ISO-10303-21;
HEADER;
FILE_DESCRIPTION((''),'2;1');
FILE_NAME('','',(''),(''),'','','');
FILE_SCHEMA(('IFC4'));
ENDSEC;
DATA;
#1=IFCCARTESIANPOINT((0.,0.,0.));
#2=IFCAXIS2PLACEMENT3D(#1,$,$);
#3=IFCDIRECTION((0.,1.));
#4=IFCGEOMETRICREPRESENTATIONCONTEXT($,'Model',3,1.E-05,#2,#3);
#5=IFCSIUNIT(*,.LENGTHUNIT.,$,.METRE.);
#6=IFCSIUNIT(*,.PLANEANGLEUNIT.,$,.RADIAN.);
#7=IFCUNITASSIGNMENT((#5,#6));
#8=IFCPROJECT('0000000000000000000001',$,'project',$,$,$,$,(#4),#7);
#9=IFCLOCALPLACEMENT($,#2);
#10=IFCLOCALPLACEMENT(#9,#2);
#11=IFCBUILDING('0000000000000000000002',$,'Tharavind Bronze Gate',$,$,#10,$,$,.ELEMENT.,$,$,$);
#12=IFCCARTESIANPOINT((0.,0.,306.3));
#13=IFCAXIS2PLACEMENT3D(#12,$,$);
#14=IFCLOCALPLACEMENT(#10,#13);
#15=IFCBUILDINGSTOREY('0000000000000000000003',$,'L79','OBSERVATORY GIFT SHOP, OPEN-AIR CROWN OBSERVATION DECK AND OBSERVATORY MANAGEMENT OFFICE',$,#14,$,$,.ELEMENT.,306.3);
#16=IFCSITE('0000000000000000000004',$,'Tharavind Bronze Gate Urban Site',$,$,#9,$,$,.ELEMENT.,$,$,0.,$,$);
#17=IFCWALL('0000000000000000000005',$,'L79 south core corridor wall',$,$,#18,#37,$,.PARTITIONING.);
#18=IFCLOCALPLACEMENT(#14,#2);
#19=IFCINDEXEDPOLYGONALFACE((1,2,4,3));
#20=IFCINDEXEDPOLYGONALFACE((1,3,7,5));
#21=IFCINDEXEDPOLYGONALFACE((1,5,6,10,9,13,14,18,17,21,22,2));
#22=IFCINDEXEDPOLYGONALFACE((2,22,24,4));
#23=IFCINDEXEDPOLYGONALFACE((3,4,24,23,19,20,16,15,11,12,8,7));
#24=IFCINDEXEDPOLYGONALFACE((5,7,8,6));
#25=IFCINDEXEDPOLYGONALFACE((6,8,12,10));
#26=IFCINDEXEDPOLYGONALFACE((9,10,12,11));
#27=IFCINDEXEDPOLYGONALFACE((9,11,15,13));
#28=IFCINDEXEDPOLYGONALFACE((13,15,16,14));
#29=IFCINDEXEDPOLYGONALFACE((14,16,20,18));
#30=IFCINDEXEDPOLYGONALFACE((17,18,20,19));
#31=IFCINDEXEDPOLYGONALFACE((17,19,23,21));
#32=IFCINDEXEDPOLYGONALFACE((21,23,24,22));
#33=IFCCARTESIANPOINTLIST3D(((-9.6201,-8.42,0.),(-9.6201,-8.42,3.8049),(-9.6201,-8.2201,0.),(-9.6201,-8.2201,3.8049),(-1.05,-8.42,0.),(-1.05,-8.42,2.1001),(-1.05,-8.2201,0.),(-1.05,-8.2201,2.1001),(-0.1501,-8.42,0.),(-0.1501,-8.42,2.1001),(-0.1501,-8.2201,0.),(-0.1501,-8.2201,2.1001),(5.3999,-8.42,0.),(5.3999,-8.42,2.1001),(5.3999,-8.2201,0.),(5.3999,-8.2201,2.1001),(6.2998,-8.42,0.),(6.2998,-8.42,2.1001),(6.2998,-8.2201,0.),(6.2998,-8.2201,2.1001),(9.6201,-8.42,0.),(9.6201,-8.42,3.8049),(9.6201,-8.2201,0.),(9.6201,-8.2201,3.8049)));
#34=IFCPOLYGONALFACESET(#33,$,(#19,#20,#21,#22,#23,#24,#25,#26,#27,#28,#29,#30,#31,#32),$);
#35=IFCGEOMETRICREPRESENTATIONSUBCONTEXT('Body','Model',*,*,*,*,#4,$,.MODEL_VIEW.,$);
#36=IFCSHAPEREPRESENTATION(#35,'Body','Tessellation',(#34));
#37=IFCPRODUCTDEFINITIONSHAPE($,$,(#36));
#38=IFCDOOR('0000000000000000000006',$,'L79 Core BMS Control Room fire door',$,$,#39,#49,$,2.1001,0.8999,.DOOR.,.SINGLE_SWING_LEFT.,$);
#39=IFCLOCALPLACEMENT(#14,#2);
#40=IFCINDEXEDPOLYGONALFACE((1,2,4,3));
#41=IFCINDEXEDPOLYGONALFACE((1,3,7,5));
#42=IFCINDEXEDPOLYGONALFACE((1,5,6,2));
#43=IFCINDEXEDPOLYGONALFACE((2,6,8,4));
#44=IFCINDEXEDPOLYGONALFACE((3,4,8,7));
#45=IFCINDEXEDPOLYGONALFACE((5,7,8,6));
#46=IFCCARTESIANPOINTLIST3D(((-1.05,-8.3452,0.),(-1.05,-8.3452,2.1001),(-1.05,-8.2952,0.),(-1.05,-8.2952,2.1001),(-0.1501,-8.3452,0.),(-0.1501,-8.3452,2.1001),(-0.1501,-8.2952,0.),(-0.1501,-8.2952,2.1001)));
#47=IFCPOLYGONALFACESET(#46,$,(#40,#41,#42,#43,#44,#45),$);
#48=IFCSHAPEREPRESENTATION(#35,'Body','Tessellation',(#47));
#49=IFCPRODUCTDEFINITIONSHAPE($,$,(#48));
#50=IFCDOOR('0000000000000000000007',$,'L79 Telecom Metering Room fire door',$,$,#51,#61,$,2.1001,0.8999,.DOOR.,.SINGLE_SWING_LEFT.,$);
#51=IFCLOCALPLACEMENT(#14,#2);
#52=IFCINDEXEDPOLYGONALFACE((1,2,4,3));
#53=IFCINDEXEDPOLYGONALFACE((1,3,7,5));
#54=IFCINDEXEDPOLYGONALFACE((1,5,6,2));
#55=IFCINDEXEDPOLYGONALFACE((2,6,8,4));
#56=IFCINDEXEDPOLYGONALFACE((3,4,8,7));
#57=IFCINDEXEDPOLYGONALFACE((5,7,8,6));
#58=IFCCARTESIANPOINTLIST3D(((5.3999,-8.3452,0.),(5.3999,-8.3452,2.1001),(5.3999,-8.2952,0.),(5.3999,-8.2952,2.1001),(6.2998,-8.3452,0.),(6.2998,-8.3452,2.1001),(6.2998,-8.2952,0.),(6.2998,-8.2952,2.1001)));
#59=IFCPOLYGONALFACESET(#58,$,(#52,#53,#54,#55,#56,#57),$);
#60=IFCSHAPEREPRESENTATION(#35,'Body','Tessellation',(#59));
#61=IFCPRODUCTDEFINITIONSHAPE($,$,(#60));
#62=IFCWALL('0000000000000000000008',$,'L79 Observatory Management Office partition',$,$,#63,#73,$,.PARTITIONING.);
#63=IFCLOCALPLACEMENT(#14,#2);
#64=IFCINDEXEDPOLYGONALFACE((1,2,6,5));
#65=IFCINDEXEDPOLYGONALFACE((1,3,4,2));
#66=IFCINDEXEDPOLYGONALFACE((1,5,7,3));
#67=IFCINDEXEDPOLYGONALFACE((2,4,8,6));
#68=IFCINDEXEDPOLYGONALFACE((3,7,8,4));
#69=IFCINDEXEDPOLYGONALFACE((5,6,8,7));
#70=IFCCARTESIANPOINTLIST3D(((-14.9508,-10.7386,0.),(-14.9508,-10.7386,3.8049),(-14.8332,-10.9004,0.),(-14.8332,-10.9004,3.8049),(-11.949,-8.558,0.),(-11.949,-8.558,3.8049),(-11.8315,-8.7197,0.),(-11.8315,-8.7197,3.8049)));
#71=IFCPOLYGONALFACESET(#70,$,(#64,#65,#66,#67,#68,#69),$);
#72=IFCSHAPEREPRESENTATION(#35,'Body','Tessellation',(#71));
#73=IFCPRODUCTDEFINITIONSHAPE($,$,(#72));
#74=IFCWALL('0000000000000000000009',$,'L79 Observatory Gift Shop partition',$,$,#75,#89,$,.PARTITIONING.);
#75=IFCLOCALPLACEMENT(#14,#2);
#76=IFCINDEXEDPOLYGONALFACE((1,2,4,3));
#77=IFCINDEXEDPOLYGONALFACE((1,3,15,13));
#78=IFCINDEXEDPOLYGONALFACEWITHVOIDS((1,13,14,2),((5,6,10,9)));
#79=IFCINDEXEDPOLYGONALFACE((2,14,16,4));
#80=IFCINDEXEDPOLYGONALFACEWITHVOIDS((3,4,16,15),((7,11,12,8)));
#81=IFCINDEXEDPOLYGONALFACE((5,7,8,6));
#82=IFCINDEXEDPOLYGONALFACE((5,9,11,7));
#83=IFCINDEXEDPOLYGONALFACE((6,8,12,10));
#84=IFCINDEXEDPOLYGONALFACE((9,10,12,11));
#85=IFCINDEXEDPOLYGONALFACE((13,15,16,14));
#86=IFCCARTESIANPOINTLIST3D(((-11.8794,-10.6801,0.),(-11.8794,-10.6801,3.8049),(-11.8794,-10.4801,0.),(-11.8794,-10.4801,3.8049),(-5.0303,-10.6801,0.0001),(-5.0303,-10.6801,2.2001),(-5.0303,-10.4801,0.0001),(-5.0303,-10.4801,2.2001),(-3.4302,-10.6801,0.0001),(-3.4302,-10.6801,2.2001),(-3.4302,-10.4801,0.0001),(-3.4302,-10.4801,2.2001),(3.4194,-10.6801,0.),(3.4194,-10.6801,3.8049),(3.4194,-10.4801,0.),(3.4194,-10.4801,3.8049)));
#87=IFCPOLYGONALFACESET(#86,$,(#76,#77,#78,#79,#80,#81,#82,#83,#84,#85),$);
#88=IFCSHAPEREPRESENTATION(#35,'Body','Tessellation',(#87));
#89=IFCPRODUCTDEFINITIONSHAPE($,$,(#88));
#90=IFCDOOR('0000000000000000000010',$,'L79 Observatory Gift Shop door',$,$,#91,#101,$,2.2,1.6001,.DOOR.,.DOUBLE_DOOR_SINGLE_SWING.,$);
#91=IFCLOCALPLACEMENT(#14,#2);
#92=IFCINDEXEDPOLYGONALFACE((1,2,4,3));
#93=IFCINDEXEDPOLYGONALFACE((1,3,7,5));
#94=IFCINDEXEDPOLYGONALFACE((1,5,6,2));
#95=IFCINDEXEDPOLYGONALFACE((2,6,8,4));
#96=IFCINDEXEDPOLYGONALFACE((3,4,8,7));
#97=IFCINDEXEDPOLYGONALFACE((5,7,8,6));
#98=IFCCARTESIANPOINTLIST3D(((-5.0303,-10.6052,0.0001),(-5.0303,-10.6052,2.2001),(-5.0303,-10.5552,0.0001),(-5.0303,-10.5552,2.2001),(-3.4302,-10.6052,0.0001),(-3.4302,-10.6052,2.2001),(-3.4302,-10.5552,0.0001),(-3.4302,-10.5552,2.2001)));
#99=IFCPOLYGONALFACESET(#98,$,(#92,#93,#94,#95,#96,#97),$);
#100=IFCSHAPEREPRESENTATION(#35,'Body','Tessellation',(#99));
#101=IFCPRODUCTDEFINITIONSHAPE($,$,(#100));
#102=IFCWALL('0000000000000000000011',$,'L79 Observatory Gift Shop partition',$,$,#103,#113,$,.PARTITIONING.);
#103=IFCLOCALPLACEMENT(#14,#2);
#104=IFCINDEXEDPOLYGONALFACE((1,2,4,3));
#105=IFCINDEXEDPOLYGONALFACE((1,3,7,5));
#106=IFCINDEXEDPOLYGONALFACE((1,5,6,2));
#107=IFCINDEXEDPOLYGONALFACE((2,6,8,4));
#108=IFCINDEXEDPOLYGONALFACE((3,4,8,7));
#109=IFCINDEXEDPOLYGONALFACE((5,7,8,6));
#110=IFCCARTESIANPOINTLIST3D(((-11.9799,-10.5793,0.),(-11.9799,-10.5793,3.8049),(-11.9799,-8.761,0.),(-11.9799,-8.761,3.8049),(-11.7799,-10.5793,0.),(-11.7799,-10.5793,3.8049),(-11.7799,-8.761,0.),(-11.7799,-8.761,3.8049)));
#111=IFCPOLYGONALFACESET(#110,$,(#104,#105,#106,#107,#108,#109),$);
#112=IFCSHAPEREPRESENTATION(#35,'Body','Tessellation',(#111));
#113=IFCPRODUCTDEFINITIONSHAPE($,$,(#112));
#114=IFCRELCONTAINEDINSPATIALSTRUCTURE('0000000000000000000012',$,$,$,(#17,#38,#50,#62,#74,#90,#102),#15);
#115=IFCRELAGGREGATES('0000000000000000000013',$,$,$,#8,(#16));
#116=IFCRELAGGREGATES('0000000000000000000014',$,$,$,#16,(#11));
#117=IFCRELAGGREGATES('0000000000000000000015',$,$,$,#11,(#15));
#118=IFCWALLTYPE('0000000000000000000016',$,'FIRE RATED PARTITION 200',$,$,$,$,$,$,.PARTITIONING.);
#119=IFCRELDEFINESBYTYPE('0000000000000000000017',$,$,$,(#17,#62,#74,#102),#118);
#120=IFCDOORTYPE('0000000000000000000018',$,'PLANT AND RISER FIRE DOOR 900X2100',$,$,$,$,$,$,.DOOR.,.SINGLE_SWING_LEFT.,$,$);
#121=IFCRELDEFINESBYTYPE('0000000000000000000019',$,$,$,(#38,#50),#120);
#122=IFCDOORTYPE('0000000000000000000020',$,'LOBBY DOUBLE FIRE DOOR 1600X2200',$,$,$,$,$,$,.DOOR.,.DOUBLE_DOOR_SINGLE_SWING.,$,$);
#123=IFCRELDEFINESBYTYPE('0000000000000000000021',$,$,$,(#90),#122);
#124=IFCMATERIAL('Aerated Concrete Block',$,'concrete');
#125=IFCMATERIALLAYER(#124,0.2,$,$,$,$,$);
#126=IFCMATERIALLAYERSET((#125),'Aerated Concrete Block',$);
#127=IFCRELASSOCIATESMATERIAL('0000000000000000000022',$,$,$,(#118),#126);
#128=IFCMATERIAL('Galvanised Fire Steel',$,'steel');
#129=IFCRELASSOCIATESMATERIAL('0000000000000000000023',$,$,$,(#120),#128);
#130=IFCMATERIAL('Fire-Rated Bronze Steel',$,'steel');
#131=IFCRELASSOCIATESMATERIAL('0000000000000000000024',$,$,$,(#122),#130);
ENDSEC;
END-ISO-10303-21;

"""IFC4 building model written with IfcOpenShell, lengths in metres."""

from ifc_helpers import new_model, si_unit, direction, frame, frame_2d, origin, place, context, subcontext, project, spatial, rectangle, extrude, material, layer, layer_set, type_object, element, fill, save


model = new_model("IFC4")

# Units and contexts
model_context = context("Model", 3, precision=1e-05, world=origin(), true_north=direction((0.0, 1.0)))
body_context = subcontext(model_context, "Body", "Model", "MODEL_VIEW")
ifc_project = project(units=[si_unit("LENGTHUNIT", "METRE"), si_unit("PLANEANGLEUNIT", "RADIAN")], contexts=[model_context])

# Site, building, storey
site_placement = place(None, origin())
site = spatial("IfcSite", under=ifc_project, at=site_placement, Name="Tharavind Bronze Gate Urban Site", CompositionType="ELEMENT", RefElevation=0.0)
building_placement = place(site_placement, origin())
building = spatial("IfcBuilding", under=site, at=building_placement, Name="Tharavind Bronze Gate", CompositionType="ELEMENT")
storey_placement = place(building_placement, frame((0.0, 0.0, 306.3)))
storey = spatial("IfcBuildingStorey", under=building, at=storey_placement, Name="L79", Description="OBSERVATORY GIFT SHOP, OPEN-AIR CROWN OBSERVATION DECK AND OBSERVATORY MANAGEMENT OFFICE", CompositionType="ELEMENT", Elevation=306.3)

# Wall, openings, doors
ifc_material_1 = material(Name="Aerated Concrete Block", Category="concrete")
ifc_layer = layer(ifc_material_1, 0.2)
ifc_layer_set = layer_set([ifc_layer], Name="Aerated Concrete Block")
wall_type = type_object("IfcWallType", Name="FIRE RATED PARTITION 200", PredefinedType="PARTITIONING", material=ifc_layer_set)
wall_1_placement = place(storey_placement, frame((-9.6201, -8.3201, 0.0), z_axis=(0.0, 0.0, 1.0), x_axis=(1.0, 0.0, 0.0)))
wall_1 = element("IfcWall", 1, at=wall_1_placement, inside=storey, type_object=wall_type, Name="L79 south core corridor wall", PredefinedType="PARTITIONING", context=body_context, shape_type="SweptSolid", body=[
    extrude(rectangle(XDim=19.2402, YDim=0.2, at=frame_2d((9.6201, 0.0))), origin(), (0.0, 0.0, 1.0), 3.8049),
])
opening_1_placement = place(wall_1_placement, frame((8.5701, 0.0, 0.0)))
opening_1 = element("IfcOpeningElement", 2, at=opening_1_placement, cuts=wall_1, PredefinedType="OPENING", context=body_context, shape_type="SweptSolid", body=[
    extrude(rectangle(XDim=0.8999, YDim=2.1001, at=frame_2d((0.45, 1.05))), frame((0.0, 0.1101, 0.0), z_axis=(0.0, -1.0, 0.0), x_axis=(1.0, 0.0, 0.0)), (0.0, 0.0, 1.0), 0.22),
])
opening_2_placement = place(wall_1_placement, frame((15.02, 0.0, 0.0)))
opening_2 = element("IfcOpeningElement", 3, at=opening_2_placement, cuts=wall_1, PredefinedType="OPENING", context=body_context, shape_type="SweptSolid", body=[
    extrude(rectangle(XDim=0.8999, YDim=2.1001, at=frame_2d((0.45, 1.05))), frame((0.0, 0.1101, 0.0), z_axis=(0.0, -1.0, 0.0), x_axis=(1.0, 0.0, 0.0)), (0.0, 0.0, 1.0), 0.22),
])
ifc_material_2 = material(Name="Galvanised Fire Steel", Category="steel")
door_type_1 = type_object("IfcDoorType", Name="PLANT AND RISER FIRE DOOR 900X2100", OperationType="SINGLE_SWING_LEFT", PredefinedType="DOOR", material=ifc_material_2)
door_1_placement = place(opening_1_placement, origin())
door_1 = element("IfcDoor", 4, at=door_1_placement, inside=storey, type_object=door_type_1, Name="L79 Core BMS Control Room fire door", OperationType="SINGLE_SWING_LEFT", OverallHeight=2.1001, OverallWidth=0.8999, PredefinedType="DOOR", context=body_context, shape_type="SweptSolid", body=[
    extrude(rectangle(XDim=0.8999, YDim=2.1001, at=frame_2d((0.45, 1.05))), frame((0.0, 0.0249, 0.0), z_axis=(0.0, -1.0, 0.0), x_axis=(1.0, 0.0, 0.0)), (0.0, 0.0, 1.0), 0.05),
])
fill(opening_1, door_1)
door_2_placement = place(opening_2_placement, origin())
door_2 = element("IfcDoor", 5, at=door_2_placement, inside=storey, type_object=door_type_1, Name="L79 Telecom Metering Room fire door", OperationType="SINGLE_SWING_LEFT", OverallHeight=2.1001, OverallWidth=0.8999, PredefinedType="DOOR", context=body_context, shape_type="SweptSolid", body=[
    extrude(rectangle(XDim=0.8999, YDim=2.1001, at=frame_2d((0.45, 1.05))), frame((0.0, 0.0249, 0.0), z_axis=(0.0, -1.0, 0.0), x_axis=(1.0, 0.0, 0.0)), (0.0, 0.0, 1.0), 0.05),
])
fill(opening_2, door_2)

# Wall
wall_2_placement = place(storey_placement, frame((-11.8904, -8.6389, 0.0), z_axis=(0.0, 0.0, 1.0), x_axis=(-0.809043, -0.587749, 0.0)))
element("IfcWall", 6, at=wall_2_placement, inside=storey, type_object=wall_type, Name="L79 Observatory Management Office partition", PredefinedType="PARTITIONING", context=body_context, shape_type="SweptSolid", body=[
    extrude(rectangle(XDim=3.7102, YDim=0.2, at=frame_2d((1.855, 0.0))), origin(), (0.0, 0.0, 1.0), 3.8049),
])

# Wall, opening, door
wall_3_placement = place(storey_placement, frame((-11.8794, -10.5801, 0.0), z_axis=(0.0, 0.0, 1.0), x_axis=(1.0, 0.0, 0.0)))
wall_3 = element("IfcWall", 7, at=wall_3_placement, inside=storey, type_object=wall_type, Name="L79 Observatory Gift Shop partition", PredefinedType="PARTITIONING", context=body_context, shape_type="SweptSolid", body=[
    extrude(rectangle(XDim=15.2988, YDim=0.2, at=frame_2d((7.6494, 0.0))), origin(), (0.0, 0.0, 1.0), 3.8049),
])
opening_3_placement = place(wall_3_placement, frame((6.8491, 0.0, 0.0)))
opening_3 = element("IfcOpeningElement", 8, at=opening_3_placement, cuts=wall_3, PredefinedType="OPENING", context=body_context, shape_type="SweptSolid", body=[
    extrude(rectangle(XDim=1.6001, YDim=2.2, at=frame_2d((0.8, 1.1001))), frame((0.0, 0.1101, 0.0), z_axis=(0.0, -1.0, 0.0), x_axis=(1.0, 0.0, 0.0)), (0.0, 0.0, 1.0), 0.22),
])
ifc_material_3 = material(Name="Fire-Rated Bronze Steel", Category="steel")
door_type_2 = type_object("IfcDoorType", Name="LOBBY DOUBLE FIRE DOOR 1600X2200", OperationType="DOUBLE_DOOR_SINGLE_SWING", PredefinedType="DOOR", material=ifc_material_3)
door_3_placement = place(opening_3_placement, origin())
door_3 = element("IfcDoor", 9, at=door_3_placement, inside=storey, type_object=door_type_2, Name="L79 Observatory Gift Shop door", OperationType="DOUBLE_DOOR_SINGLE_SWING", OverallHeight=2.2, OverallWidth=1.6001, PredefinedType="DOOR", context=body_context, shape_type="SweptSolid", body=[
    extrude(rectangle(XDim=1.6001, YDim=2.2, at=frame_2d((0.8, 1.1001))), frame((0.0, 0.0249, 0.0), z_axis=(0.0, -1.0, 0.0), x_axis=(1.0, 0.0, 0.0)), (0.0, 0.0, 1.0), 0.05),
])
fill(opening_3, door_3)

# Wall
wall_4_placement = place(storey_placement, frame((-11.8799, -8.761, 0.0), z_axis=(0.0, 0.0, 1.0), x_axis=(0.0, -1.0, 0.0)))
element("IfcWall", 10, at=wall_4_placement, inside=storey, type_object=wall_type, Name="L79 Observatory Gift Shop partition", PredefinedType="PARTITIONING", context=body_context, shape_type="SweptSolid", body=[
    extrude(rectangle(XDim=1.8184, YDim=0.2, at=frame_2d((0.9092, 0.0))), origin(), (0.0, 0.0, 1.0), 3.8049),
])

save(model, "model.ifc")
